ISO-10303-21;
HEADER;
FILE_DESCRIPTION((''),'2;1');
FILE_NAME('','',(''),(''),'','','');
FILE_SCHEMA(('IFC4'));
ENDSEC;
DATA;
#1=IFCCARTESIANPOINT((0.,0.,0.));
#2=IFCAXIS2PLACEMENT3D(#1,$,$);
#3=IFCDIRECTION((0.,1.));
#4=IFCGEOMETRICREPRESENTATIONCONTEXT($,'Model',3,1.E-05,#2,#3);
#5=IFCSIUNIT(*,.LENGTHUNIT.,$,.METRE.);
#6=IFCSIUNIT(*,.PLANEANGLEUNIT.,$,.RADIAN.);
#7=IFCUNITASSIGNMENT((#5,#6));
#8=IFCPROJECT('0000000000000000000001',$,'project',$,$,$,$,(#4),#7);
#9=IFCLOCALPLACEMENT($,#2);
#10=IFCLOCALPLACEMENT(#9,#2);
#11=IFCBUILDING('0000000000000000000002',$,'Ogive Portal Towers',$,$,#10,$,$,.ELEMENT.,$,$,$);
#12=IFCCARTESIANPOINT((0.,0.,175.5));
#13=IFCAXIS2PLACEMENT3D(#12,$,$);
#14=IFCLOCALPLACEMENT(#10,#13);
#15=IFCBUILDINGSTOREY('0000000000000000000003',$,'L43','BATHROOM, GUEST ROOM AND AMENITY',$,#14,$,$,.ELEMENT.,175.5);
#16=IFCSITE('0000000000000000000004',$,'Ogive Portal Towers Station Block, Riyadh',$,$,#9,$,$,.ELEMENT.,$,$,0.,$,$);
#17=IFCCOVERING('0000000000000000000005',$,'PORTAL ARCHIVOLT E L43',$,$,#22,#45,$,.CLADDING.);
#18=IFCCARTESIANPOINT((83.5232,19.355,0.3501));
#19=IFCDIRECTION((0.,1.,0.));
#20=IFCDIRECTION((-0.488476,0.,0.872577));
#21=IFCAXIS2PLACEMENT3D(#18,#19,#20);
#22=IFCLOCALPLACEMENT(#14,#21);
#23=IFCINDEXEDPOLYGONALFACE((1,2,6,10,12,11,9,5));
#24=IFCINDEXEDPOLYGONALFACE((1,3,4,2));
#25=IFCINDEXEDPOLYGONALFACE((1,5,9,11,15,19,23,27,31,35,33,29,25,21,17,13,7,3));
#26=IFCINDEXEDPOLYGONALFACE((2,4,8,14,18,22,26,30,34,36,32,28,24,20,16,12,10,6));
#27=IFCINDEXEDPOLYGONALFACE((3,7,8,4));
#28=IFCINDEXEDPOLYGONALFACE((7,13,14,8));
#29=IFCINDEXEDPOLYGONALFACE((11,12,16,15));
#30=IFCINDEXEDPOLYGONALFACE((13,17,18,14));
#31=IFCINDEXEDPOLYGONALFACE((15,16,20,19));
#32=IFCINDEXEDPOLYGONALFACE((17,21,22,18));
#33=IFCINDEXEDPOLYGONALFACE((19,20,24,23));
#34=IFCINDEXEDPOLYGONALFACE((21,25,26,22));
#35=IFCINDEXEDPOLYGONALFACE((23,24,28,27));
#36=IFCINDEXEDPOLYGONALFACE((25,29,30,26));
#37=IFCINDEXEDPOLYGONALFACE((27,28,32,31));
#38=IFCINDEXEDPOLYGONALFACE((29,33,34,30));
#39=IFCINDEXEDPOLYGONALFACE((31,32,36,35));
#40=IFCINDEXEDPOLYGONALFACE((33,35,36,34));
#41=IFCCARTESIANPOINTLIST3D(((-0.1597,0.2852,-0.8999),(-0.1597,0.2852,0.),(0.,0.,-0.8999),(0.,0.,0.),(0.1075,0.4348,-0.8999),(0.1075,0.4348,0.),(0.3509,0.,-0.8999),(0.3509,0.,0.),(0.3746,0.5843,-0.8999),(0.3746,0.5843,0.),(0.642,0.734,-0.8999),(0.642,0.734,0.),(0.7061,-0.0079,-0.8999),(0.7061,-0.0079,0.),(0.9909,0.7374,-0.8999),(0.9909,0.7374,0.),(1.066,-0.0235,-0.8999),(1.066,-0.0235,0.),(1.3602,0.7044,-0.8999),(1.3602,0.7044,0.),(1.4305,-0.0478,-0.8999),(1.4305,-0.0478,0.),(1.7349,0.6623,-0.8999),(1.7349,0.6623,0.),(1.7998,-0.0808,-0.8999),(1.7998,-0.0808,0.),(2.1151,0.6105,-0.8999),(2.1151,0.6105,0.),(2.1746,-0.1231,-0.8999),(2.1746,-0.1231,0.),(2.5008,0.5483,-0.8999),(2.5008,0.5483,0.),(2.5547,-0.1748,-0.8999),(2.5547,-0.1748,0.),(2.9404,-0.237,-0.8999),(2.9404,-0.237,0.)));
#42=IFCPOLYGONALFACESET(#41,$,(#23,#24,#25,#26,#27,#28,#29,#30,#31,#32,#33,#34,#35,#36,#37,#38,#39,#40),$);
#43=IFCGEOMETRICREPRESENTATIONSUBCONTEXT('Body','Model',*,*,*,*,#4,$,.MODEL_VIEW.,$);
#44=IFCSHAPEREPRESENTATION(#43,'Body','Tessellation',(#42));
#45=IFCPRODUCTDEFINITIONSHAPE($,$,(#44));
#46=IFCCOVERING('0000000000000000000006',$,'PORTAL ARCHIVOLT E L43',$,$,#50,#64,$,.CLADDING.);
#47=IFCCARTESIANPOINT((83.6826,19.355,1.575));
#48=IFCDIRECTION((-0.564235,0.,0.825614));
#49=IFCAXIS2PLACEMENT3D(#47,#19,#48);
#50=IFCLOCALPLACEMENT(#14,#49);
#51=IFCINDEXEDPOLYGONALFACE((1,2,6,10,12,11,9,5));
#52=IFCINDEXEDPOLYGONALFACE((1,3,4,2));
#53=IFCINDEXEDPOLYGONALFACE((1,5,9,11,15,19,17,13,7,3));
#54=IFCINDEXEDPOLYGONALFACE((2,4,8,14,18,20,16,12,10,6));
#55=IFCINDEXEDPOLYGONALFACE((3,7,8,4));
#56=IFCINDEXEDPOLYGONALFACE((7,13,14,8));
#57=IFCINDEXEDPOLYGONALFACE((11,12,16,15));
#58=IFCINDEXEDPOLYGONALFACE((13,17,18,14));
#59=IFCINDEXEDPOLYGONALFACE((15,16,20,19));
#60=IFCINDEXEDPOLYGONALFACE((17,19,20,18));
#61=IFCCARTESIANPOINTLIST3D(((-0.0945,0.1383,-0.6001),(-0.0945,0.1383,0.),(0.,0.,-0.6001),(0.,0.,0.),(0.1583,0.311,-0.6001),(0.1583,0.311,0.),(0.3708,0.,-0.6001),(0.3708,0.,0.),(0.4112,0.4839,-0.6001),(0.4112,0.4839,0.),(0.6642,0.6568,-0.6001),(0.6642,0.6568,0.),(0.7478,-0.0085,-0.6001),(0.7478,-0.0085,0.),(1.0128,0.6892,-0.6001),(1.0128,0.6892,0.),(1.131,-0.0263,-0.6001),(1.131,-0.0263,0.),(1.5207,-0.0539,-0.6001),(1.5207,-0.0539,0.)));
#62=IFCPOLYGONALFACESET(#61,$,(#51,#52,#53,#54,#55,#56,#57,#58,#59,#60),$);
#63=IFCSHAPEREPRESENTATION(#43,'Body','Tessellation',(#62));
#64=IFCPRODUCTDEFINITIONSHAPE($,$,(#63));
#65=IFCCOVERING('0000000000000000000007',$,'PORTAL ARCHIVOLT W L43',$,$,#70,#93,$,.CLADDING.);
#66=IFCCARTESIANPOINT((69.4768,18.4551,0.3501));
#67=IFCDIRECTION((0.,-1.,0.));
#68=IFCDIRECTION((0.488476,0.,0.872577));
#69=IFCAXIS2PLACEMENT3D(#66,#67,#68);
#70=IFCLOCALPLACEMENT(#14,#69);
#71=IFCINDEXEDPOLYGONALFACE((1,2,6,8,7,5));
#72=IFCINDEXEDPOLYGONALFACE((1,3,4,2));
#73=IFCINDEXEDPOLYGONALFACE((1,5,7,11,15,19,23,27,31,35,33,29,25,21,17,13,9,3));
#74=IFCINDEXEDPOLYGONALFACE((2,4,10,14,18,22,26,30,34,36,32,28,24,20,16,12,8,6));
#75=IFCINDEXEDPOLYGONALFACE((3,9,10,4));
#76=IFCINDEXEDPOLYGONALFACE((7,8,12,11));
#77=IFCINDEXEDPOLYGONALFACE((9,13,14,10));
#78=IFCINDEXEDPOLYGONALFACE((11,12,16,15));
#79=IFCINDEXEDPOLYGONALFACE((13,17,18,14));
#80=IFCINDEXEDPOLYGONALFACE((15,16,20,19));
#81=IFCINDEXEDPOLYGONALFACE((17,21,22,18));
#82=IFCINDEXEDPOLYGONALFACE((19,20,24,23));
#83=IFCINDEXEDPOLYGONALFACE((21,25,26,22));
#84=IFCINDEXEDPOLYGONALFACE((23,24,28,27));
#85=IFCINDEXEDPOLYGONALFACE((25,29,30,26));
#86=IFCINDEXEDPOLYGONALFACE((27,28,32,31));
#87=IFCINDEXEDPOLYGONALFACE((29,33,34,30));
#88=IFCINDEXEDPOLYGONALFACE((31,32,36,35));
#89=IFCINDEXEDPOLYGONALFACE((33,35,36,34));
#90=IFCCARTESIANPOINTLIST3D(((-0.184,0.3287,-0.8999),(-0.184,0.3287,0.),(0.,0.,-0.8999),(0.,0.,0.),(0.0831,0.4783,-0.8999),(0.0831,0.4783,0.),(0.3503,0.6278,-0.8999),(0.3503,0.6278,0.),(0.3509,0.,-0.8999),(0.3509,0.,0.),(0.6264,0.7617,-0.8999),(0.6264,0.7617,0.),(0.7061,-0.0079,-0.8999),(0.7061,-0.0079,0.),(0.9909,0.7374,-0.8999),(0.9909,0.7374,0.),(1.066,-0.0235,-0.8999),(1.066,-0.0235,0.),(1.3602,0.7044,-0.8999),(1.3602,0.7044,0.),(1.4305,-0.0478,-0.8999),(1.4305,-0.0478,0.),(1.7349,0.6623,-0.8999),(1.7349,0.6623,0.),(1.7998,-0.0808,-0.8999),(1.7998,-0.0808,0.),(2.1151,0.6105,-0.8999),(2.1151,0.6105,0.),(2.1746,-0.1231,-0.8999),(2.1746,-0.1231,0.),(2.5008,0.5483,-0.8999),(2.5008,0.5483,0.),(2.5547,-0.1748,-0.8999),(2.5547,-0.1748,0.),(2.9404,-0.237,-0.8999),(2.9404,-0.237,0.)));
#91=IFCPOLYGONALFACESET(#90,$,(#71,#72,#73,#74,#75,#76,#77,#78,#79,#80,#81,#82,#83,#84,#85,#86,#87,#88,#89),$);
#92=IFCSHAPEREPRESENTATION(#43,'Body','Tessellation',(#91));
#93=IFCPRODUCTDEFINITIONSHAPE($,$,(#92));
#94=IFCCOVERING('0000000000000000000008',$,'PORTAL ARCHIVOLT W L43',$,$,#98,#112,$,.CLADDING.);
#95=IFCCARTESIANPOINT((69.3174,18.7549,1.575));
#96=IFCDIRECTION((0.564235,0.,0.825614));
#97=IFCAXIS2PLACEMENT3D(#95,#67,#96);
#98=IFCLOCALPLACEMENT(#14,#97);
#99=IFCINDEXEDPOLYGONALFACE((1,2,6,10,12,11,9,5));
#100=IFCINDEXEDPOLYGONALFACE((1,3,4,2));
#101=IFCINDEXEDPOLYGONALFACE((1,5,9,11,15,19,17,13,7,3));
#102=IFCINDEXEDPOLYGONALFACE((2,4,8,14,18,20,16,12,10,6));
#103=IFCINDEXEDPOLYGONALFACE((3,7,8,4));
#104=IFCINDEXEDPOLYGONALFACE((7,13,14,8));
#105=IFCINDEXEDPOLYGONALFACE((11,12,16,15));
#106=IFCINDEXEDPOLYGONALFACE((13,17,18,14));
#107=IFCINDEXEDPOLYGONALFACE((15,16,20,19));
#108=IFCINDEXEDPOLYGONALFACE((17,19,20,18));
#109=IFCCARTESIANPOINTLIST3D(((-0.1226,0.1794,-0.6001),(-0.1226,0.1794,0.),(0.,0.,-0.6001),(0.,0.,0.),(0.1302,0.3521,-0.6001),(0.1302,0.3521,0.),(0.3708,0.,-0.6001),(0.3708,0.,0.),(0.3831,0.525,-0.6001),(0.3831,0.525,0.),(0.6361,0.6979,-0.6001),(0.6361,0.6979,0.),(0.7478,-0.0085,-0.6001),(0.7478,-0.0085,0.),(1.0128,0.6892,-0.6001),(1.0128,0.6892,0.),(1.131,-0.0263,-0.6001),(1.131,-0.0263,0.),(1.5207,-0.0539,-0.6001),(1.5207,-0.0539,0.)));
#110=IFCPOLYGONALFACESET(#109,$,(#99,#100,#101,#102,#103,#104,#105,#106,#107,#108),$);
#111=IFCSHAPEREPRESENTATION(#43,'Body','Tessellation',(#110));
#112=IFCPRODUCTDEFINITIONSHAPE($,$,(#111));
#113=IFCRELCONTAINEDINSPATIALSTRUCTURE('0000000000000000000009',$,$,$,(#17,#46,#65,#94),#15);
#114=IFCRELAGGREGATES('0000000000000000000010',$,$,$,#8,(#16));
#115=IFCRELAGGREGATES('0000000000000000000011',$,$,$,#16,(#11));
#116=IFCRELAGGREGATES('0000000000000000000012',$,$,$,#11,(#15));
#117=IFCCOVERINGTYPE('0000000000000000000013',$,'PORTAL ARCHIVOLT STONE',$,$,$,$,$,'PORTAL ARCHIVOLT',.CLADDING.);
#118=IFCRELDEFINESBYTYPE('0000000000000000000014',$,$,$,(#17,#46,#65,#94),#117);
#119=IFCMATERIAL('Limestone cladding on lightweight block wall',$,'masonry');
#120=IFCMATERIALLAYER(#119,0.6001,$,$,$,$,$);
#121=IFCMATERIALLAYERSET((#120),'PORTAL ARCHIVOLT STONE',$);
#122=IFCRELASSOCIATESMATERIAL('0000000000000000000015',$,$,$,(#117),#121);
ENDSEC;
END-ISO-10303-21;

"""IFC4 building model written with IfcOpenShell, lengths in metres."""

from ifc_helpers import new_model, si_unit, direction, frame, origin, place, context, subcontext, project, spatial, polyline, outline, extrude, material, layer, layer_set, type_object, element, save


model = new_model("IFC4")

# Units and contexts
model_context = context("Model", 3, precision=1e-05, world=origin(), true_north=direction((0.0, 1.0)))
body_context = subcontext(model_context, "Body", "Model", "MODEL_VIEW")
ifc_project = project(units=[si_unit("LENGTHUNIT", "METRE"), si_unit("PLANEANGLEUNIT", "RADIAN")], contexts=[model_context])

# Site, building, storey
site_placement = place(None, origin())
site = spatial("IfcSite", under=ifc_project, at=site_placement, Name="Ogive Portal Towers Station Block, Riyadh", CompositionType="ELEMENT", RefElevation=0.0)
building_placement = place(site_placement, origin())
building = spatial("IfcBuilding", under=site, at=building_placement, Name="Ogive Portal Towers", CompositionType="ELEMENT")
storey_placement = place(building_placement, frame((0.0, 0.0, 175.5)))
storey = spatial("IfcBuildingStorey", under=building, at=storey_placement, Name="L43", Description="BATHROOM, GUEST ROOM AND AMENITY", CompositionType="ELEMENT", Elevation=175.5)

# Shared definitions
ifc_material_1 = material(Name="Limestone cladding on lightweight block wall", Category="masonry")

# Coverings
ifc_layer_1 = layer(ifc_material_1, 0.6001)
ifc_layer_set_1 = layer_set([ifc_layer_1], Name="PORTAL ARCHIVOLT STONE")
covering_type_1 = type_object("IfcCoveringType", Name="PORTAL ARCHIVOLT STONE", ElementType="PORTAL ARCHIVOLT", PredefinedType="CLADDING", material=ifc_layer_set_1)
covering_1_placement = place(storey_placement, frame((83.5232, 19.355, 0.3501), z_axis=(0.0, 1.0, 0.0), x_axis=(-0.488476, 0.0, 0.872577)))
element("IfcCovering", 1, at=covering_1_placement, inside=storey, type_object=covering_type_1, Name="PORTAL ARCHIVOLT E L43", PredefinedType="CLADDING", context=body_context, shape_type="SweptSolid", body=[
    extrude(outline(polyline([(0.0, 0.0), (0.3509, 0.0), (0.7061, -0.0079), (1.066, -0.0235), (1.4305, -0.0478), (1.7998, -0.0808), (2.1746, -0.1231), (2.5547, -0.1748), (2.9404, -0.237), (2.5008, 0.5483), (2.1151, 0.6105), (1.7349, 0.6623), (1.3602, 0.7044), (0.9909, 0.7374), (0.642, 0.734), (0.3746, 0.5843), (0.1075, 0.4348), (-0.1597, 0.2852), (0.0, 0.0)])), origin(), (0.0, 0.0, -1.0), 0.8999),
])
covering_2_placement = place(storey_placement, frame((83.6826, 19.355, 1.575), z_axis=(0.0, 1.0, 0.0), x_axis=(-0.564235, 0.0, 0.825614)))
element("IfcCovering", 2, at=covering_2_placement, inside=storey, type_object=covering_type_1, Name="PORTAL ARCHIVOLT E L43", PredefinedType="CLADDING", context=body_context, shape_type="SweptSolid", body=[
    extrude(outline(polyline([(0.0, 0.0), (0.3708, 0.0), (0.7478, -0.0085), (1.131, -0.0263), (1.5207, -0.0539), (1.0128, 0.6892), (0.6642, 0.6568), (0.4112, 0.4839), (0.1583, 0.311), (-0.0945, 0.1383), (0.0, 0.0)])), origin(), (0.0, 0.0, -1.0), 0.6001),
])
covering_3_placement = place(storey_placement, frame((69.4768, 18.4551, 0.3501), z_axis=(0.0, -1.0, 0.0), x_axis=(0.488476, 0.0, 0.872577)))
element("IfcCovering", 3, at=covering_3_placement, inside=storey, type_object=covering_type_1, Name="PORTAL ARCHIVOLT W L43", PredefinedType="CLADDING", context=body_context, shape_type="SweptSolid", body=[
    extrude(outline(polyline([(0.0, 0.0), (0.3509, 0.0), (0.7061, -0.0079), (1.066, -0.0235), (1.4305, -0.0478), (1.7998, -0.0808), (2.1746, -0.1231), (2.5547, -0.1748), (2.9404, -0.237), (2.5008, 0.5483), (2.1151, 0.6105), (1.7349, 0.6623), (1.3602, 0.7044), (0.9909, 0.7374), (0.6264, 0.7617), (0.3503, 0.6278), (0.0831, 0.4783), (-0.184, 0.3287), (0.0, 0.0)])), origin(), (0.0, 0.0, -1.0), 0.8999),
])
covering_4_placement = place(storey_placement, frame((69.3174, 18.7549, 1.575), z_axis=(0.0, -1.0, 0.0), x_axis=(0.564235, 0.0, 0.825614)))
element("IfcCovering", 4, at=covering_4_placement, inside=storey, type_object=covering_type_1, Name="PORTAL ARCHIVOLT W L43", PredefinedType="CLADDING", context=body_context, shape_type="SweptSolid", body=[
    extrude(outline(polyline([(0.0, 0.0), (0.3708, 0.0), (0.7478, -0.0085), (1.131, -0.0263), (1.5207, -0.0539), (1.0128, 0.6892), (0.6361, 0.6979), (0.3831, 0.525), (0.1302, 0.3521), (-0.1226, 0.1794), (0.0, 0.0)])), origin(), (0.0, 0.0, -1.0), 0.6001),
])

save(model, "model.ifc")
